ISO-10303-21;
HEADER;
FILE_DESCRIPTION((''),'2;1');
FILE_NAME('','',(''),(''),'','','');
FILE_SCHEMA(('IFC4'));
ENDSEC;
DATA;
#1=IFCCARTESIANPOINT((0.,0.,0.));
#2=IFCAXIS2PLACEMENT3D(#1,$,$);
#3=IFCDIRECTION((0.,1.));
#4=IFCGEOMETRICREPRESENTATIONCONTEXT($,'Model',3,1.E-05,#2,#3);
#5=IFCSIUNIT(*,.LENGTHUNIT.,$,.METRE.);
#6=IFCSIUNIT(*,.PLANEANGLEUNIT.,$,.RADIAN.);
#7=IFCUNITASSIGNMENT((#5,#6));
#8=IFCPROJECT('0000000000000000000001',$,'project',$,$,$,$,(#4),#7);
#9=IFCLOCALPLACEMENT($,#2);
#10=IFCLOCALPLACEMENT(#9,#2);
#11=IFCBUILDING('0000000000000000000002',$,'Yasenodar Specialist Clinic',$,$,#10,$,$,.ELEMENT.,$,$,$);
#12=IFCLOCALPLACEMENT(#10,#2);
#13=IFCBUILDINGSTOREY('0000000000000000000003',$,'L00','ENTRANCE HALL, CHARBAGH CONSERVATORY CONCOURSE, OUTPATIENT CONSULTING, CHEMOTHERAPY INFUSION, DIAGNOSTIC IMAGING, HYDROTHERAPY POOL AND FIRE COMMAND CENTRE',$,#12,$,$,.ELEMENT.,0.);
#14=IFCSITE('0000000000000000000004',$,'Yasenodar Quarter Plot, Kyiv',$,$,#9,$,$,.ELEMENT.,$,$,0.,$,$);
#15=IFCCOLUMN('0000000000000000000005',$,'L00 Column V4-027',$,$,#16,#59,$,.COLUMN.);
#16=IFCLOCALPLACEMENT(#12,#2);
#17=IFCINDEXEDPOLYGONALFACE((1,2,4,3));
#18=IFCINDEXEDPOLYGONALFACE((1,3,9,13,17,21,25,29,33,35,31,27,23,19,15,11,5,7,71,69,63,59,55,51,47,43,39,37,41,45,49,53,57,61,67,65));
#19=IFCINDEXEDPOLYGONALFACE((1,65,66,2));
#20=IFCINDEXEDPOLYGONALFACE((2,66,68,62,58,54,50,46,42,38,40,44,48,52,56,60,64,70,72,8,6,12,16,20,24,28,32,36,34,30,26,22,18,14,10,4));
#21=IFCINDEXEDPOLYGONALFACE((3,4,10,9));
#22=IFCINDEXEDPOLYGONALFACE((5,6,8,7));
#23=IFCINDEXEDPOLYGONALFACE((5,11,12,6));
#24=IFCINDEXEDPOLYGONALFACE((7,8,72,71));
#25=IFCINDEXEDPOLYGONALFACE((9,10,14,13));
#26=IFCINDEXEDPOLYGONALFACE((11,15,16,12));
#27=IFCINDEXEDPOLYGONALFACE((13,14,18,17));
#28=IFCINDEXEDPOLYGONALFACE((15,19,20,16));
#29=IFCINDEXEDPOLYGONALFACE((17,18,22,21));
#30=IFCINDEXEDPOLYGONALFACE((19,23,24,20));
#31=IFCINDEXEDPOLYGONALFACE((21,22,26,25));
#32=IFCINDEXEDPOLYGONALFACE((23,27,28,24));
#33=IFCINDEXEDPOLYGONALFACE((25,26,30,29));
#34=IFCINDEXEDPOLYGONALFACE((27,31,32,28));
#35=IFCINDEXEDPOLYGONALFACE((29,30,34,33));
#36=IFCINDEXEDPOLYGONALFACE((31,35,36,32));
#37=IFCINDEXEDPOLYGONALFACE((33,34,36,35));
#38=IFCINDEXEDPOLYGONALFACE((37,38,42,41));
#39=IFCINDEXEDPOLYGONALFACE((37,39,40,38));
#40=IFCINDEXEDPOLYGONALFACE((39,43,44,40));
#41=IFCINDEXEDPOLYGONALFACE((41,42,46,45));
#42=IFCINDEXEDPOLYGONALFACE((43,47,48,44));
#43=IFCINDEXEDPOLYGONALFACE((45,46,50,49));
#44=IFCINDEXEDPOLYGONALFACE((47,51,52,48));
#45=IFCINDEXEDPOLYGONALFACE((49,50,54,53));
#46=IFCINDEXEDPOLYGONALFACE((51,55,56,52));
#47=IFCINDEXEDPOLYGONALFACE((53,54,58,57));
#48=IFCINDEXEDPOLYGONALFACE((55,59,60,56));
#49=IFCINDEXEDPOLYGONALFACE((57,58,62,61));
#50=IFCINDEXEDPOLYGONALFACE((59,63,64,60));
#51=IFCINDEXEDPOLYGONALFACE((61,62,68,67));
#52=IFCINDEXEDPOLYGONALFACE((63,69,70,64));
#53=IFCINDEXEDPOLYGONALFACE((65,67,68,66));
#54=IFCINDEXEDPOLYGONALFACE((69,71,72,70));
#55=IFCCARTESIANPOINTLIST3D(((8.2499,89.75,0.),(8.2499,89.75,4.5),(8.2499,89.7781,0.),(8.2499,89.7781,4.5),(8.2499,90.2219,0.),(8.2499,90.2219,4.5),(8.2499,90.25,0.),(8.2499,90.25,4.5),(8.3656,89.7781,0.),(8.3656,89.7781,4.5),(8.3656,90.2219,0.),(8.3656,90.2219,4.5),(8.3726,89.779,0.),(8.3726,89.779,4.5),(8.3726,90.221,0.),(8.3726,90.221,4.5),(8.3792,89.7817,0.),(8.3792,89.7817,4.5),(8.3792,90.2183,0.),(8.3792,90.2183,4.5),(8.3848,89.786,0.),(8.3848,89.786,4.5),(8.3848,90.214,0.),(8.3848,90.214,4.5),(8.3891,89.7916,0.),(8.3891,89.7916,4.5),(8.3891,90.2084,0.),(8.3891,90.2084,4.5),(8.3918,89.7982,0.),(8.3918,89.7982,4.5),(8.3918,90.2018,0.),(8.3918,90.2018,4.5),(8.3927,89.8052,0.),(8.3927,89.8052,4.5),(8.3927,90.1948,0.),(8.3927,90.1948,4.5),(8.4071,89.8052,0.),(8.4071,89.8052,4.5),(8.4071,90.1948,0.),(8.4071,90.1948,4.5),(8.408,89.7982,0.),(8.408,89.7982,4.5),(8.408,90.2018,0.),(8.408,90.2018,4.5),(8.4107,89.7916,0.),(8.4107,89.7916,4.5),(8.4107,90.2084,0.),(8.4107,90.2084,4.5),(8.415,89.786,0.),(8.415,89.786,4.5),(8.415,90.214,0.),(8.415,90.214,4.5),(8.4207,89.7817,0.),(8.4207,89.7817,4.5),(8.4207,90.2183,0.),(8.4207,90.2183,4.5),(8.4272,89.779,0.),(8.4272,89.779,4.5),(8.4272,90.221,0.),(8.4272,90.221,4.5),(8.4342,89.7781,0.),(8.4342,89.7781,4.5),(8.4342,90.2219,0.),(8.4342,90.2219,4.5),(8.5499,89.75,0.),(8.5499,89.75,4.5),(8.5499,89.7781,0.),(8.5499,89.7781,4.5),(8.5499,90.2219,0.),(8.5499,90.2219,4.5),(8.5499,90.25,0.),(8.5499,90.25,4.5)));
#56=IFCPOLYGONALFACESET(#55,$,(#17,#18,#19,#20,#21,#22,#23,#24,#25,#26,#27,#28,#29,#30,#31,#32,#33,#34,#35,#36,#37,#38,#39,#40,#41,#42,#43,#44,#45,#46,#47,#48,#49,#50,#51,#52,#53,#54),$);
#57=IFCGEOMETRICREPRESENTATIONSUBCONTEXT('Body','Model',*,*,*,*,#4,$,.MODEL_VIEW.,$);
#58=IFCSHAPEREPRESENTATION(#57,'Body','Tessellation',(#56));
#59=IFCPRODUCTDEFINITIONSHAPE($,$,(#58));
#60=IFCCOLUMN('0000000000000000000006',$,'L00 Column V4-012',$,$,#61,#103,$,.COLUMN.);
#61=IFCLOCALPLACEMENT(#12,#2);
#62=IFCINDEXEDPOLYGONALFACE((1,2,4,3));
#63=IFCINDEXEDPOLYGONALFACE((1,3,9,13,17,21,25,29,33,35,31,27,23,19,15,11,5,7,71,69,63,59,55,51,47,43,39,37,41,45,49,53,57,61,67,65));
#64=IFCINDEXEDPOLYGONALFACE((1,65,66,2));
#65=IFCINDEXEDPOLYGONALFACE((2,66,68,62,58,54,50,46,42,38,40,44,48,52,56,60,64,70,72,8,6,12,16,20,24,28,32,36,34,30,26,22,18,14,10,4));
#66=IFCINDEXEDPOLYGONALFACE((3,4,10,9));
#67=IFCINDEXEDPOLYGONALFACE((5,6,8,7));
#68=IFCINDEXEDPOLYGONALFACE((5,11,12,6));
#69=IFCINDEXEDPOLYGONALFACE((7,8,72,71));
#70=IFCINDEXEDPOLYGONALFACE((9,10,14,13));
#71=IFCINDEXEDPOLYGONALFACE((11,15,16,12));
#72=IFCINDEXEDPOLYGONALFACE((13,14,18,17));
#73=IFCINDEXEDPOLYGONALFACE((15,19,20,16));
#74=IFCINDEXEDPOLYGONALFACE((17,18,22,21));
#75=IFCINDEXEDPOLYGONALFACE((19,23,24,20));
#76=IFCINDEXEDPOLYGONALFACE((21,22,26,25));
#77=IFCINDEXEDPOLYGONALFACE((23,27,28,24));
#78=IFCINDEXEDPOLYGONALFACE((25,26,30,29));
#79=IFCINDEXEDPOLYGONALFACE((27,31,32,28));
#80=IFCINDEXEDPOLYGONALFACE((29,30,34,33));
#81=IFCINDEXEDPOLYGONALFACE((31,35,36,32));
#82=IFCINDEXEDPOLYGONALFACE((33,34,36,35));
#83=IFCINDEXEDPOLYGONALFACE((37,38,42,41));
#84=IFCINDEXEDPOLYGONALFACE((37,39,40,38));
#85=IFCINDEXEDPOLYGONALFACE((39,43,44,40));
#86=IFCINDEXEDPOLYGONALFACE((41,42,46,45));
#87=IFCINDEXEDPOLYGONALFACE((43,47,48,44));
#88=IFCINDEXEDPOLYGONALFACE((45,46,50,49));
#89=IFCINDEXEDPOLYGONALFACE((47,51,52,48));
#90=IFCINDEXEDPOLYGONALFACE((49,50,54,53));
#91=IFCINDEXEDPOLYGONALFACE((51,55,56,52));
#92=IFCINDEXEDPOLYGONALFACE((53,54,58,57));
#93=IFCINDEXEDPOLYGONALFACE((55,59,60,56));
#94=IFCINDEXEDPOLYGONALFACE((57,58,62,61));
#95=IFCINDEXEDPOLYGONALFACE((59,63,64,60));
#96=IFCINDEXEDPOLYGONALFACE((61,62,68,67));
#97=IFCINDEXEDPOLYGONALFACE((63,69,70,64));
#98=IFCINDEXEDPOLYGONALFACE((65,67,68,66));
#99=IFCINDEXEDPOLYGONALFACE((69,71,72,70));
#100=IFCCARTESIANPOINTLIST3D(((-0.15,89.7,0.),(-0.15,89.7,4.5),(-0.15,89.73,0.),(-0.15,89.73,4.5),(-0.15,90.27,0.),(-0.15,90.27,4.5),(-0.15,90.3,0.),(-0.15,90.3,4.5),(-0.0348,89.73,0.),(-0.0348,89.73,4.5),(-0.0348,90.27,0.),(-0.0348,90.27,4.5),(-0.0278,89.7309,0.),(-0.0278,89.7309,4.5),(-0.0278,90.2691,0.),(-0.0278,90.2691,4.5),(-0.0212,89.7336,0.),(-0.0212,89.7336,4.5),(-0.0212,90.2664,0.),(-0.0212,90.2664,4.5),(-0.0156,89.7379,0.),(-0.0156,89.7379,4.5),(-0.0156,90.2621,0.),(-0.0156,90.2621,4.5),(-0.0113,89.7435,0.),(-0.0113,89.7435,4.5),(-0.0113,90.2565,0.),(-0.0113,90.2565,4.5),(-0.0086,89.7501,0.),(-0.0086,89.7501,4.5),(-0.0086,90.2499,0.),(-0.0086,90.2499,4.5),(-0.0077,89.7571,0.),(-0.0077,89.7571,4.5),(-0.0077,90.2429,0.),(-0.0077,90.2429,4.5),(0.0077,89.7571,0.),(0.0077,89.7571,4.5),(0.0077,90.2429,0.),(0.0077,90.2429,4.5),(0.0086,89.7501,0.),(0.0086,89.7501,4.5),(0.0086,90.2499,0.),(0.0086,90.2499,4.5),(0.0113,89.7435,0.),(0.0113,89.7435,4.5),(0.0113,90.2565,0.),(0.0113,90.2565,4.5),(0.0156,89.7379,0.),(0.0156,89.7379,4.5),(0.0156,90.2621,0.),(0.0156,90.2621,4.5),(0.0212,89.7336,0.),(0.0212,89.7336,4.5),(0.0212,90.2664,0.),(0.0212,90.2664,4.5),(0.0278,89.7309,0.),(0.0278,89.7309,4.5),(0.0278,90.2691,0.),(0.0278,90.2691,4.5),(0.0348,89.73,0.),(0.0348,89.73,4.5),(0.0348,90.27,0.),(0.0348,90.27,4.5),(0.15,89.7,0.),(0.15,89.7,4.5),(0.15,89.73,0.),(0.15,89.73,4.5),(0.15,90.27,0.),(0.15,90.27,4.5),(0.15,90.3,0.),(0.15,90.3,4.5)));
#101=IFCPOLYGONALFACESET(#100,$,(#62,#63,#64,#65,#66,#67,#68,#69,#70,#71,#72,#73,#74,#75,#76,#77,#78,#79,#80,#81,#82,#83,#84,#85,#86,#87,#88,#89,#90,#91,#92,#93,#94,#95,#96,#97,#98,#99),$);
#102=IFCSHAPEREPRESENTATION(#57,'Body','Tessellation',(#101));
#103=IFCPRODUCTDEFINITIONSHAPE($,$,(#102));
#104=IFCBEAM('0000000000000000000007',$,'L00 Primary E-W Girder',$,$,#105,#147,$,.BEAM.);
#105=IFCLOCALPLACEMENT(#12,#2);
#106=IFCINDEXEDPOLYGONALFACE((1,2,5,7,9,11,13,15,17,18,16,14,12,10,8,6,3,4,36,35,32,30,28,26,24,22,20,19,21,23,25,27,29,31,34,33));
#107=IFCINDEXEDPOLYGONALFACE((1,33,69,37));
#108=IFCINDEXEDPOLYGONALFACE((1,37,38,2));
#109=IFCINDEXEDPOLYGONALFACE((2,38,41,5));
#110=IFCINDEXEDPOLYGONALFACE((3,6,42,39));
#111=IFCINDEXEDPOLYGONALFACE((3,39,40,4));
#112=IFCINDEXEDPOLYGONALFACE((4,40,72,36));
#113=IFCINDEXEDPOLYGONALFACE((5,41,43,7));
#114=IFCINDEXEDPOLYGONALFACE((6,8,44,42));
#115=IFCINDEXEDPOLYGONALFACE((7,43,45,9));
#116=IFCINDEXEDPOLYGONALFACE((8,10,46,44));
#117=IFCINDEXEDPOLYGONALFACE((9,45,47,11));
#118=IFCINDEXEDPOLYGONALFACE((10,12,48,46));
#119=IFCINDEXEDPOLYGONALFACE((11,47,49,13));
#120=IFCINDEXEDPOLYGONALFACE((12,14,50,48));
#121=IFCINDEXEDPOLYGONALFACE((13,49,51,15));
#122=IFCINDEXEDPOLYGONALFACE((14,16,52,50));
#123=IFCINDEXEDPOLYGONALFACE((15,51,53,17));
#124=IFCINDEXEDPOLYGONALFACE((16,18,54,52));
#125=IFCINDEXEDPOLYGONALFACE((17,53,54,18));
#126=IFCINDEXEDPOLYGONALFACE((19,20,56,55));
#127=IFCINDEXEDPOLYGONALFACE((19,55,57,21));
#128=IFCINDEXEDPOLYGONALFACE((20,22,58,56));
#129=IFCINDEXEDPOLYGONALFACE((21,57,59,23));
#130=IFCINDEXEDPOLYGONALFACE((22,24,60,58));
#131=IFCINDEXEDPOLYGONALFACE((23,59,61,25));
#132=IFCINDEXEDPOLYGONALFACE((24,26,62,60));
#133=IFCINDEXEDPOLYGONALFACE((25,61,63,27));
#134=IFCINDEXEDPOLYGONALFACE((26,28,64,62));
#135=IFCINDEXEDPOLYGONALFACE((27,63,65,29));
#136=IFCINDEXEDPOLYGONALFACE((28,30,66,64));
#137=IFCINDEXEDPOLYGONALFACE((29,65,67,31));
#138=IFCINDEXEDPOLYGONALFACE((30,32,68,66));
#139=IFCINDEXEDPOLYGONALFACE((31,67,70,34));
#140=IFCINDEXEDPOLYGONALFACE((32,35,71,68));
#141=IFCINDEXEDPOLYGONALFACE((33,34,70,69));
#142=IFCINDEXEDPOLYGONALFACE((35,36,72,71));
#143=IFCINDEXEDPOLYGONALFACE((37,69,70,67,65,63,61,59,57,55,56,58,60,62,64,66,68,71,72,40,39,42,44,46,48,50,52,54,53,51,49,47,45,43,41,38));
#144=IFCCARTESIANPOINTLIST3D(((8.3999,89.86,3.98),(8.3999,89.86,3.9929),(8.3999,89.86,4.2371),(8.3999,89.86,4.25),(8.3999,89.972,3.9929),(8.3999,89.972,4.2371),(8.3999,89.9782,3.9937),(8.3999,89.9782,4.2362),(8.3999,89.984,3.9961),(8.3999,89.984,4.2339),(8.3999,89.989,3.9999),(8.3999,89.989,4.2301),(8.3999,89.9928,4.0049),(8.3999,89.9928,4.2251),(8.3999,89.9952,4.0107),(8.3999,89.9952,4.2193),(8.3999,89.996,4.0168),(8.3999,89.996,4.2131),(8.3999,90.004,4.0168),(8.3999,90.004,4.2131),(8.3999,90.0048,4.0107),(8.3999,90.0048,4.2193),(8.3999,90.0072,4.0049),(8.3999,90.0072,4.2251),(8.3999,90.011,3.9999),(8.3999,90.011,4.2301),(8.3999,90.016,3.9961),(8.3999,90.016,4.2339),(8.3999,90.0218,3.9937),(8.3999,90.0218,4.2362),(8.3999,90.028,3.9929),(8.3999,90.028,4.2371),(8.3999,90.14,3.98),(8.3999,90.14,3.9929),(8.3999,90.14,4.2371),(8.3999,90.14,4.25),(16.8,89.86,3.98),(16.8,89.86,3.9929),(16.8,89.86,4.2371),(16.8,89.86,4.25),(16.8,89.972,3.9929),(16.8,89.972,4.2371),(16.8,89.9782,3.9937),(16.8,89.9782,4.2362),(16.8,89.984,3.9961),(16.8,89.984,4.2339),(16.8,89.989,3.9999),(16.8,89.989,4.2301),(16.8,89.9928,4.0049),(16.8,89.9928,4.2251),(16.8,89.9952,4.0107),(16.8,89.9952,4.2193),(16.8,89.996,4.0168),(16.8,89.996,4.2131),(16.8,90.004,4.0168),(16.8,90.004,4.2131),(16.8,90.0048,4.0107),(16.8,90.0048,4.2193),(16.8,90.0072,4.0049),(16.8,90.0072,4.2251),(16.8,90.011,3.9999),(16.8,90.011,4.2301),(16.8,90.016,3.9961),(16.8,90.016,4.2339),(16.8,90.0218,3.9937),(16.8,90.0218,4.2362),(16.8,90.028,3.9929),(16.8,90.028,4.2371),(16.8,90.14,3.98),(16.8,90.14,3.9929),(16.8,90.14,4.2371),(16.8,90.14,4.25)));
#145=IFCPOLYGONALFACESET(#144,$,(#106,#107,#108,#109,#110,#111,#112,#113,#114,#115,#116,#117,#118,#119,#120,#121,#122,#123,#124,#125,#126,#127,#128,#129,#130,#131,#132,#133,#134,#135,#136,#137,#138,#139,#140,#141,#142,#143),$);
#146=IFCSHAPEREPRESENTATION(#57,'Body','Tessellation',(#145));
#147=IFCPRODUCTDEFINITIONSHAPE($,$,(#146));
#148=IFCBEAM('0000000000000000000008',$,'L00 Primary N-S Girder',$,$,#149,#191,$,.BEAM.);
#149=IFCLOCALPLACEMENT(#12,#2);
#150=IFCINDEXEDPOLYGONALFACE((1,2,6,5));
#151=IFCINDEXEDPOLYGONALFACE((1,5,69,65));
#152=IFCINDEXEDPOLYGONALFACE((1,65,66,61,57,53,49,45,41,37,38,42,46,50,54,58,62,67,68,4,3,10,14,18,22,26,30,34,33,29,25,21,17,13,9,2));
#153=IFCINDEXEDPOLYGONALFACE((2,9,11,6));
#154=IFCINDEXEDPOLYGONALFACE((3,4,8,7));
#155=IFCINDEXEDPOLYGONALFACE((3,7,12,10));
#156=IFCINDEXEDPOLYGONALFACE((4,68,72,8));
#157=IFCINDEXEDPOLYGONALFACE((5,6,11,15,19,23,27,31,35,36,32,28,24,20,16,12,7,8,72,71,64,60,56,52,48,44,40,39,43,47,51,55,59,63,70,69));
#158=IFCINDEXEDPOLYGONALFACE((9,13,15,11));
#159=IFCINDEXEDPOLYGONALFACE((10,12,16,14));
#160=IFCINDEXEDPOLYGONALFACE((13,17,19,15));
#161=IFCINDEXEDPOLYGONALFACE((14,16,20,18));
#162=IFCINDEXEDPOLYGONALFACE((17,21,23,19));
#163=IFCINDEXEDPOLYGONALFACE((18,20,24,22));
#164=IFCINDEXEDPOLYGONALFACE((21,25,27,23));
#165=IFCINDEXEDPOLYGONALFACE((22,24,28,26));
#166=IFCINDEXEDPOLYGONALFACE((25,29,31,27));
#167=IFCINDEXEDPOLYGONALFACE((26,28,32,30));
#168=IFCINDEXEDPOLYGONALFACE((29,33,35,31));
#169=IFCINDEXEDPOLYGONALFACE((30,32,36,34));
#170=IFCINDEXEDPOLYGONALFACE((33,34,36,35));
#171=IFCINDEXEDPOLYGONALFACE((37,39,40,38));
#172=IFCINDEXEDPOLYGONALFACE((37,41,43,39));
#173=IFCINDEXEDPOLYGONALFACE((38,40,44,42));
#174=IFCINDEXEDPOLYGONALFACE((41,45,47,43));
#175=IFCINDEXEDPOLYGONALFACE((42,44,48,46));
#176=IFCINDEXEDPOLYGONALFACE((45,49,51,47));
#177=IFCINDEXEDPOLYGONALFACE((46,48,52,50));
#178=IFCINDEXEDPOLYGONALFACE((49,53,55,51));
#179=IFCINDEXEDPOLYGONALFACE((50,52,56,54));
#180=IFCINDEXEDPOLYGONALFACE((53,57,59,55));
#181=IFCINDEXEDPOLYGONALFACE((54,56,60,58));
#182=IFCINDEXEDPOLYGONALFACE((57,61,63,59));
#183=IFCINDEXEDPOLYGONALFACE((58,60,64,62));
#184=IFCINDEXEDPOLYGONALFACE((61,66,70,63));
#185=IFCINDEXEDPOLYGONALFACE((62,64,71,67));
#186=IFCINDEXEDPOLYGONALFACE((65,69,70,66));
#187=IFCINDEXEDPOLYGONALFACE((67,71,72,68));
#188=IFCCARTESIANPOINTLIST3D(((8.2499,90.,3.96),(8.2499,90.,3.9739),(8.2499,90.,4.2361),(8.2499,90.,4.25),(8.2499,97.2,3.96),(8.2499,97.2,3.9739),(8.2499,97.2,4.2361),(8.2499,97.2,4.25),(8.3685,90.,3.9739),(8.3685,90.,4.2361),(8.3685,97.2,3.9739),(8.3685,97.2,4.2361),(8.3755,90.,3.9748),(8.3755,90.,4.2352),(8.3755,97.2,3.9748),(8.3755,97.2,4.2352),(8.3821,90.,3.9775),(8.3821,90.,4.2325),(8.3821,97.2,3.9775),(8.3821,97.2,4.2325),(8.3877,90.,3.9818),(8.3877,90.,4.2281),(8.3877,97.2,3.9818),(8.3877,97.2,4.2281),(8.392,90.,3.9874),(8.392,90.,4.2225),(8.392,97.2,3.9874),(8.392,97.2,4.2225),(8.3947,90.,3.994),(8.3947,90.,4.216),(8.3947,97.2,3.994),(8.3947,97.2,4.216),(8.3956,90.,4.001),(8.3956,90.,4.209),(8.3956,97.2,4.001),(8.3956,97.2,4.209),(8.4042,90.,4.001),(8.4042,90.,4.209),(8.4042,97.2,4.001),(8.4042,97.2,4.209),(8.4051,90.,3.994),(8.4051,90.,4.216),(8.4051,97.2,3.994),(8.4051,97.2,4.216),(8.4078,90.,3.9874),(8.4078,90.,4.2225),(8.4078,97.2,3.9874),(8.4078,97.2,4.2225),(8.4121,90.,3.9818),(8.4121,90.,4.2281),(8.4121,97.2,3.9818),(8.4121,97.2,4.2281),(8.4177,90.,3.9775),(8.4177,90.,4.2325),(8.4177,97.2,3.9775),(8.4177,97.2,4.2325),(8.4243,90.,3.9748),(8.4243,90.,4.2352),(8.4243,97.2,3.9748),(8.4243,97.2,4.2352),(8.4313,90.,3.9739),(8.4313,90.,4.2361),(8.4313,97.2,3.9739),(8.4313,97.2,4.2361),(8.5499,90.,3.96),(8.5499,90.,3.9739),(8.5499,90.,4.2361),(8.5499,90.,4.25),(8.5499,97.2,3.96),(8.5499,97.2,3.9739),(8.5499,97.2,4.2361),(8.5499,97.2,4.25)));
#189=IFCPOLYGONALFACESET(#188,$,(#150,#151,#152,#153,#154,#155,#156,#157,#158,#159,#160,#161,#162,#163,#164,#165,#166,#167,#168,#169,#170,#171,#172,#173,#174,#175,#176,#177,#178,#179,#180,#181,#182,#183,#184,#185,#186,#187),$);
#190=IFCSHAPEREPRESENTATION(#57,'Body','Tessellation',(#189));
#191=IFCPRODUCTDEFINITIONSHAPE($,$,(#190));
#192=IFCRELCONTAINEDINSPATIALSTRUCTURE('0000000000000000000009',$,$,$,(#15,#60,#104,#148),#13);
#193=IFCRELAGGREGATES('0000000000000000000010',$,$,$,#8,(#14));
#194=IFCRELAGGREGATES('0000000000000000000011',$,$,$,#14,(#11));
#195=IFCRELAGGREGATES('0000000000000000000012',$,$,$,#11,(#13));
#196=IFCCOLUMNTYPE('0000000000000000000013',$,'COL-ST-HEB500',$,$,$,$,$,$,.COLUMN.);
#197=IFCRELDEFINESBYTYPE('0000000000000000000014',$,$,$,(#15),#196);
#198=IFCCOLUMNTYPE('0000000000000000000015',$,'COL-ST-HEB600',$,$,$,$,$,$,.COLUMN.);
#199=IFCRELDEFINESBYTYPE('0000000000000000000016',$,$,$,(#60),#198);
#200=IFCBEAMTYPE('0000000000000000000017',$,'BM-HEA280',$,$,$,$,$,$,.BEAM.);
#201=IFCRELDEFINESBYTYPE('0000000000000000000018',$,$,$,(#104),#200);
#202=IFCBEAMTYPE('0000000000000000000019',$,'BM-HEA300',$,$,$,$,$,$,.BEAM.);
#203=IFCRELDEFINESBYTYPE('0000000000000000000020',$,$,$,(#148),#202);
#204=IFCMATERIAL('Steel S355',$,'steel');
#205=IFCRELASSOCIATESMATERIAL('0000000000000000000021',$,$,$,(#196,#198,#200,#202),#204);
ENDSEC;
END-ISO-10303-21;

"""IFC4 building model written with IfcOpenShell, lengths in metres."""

from ifc_helpers import new_model, si_unit, direction, frame, origin, origin_2d, place, context, subcontext, project, spatial, i_section, extrude, material, material_profile, profile_set, type_object, element, save


model = new_model("IFC4")

# Units and contexts
model_context = context("Model", 3, precision=1e-05, world=origin(), true_north=direction((0.0, 1.0)))
body_context = subcontext(model_context, "Body", "Model", "MODEL_VIEW")
ifc_project = project(units=[si_unit("LENGTHUNIT", "METRE"), si_unit("PLANEANGLEUNIT", "RADIAN")], contexts=[model_context])

# Site, building, storey
site_placement = place(None, origin())
site = spatial("IfcSite", under=ifc_project, at=site_placement, Name="Yasenodar Quarter Plot, Kyiv", CompositionType="ELEMENT", RefElevation=0.0)
building_placement = place(site_placement, origin())
building = spatial("IfcBuilding", under=site, at=building_placement, Name="Yasenodar Specialist Clinic", CompositionType="ELEMENT")
storey_placement = place(building_placement, origin())
storey = spatial("IfcBuildingStorey", under=building, at=storey_placement, Name="L00", Description="ENTRANCE HALL, CHARBAGH CONSERVATORY CONCOURSE, OUTPATIENT CONSULTING, CHEMOTHERAPY INFUSION, DIAGNOSTIC IMAGING, HYDROTHERAPY POOL AND FIRE COMMAND CENTRE", CompositionType="ELEMENT", Elevation=0.0)

# Columns
ifc_material_1 = material(Name="Steel S355", Category="steel")
ifc_material_profile_1 = material_profile(ifc_material_1, i_section(OverallWidth=0.3, OverallDepth=0.5, WebThickness=0.0144, FlangeThickness=0.0281, FilletRadius=0.0271, at=origin_2d()), Name="HEB 500")
ifc_profile_set_1 = profile_set([ifc_material_profile_1], Name="Steel S355")
column_type_1 = type_object("IfcColumnType", Name="COL-ST-HEB500", PredefinedType="COLUMN", material=ifc_profile_set_1)
column_1_placement = place(storey_placement, frame((8.3999, 90.0, 0.0), z_axis=(0.0, 0.0, 1.0), x_axis=(1.0, 0.0, 0.0)))
element("IfcColumn", 1, at=column_1_placement, inside=storey, type_object=column_type_1, Name="L00 Column V4-027", PredefinedType="COLUMN", context=body_context, shape_type="SweptSolid", body=[
    extrude(i_section(OverallWidth=0.3, OverallDepth=0.5, WebThickness=0.0144, FlangeThickness=0.0281, FilletRadius=0.0271, at=origin_2d()), origin(), (0.0, 0.0, 1.0), 4.5),
])
ifc_material_profile_2 = material_profile(ifc_material_1, i_section(OverallWidth=0.3, OverallDepth=0.6001, WebThickness=0.0154, FlangeThickness=0.03, FilletRadius=0.0271, at=origin_2d()), Name="HEB 600")
ifc_profile_set_2 = profile_set([ifc_material_profile_2], Name="Steel S355")
column_type_2 = type_object("IfcColumnType", Name="COL-ST-HEB600", PredefinedType="COLUMN", material=ifc_profile_set_2)
column_2_placement = place(storey_placement, frame((0.0, 90.0, 0.0), z_axis=(0.0, 0.0, 1.0), x_axis=(1.0, 0.0, 0.0)))
element("IfcColumn", 2, at=column_2_placement, inside=storey, type_object=column_type_2, Name="L00 Column V4-012", PredefinedType="COLUMN", context=body_context, shape_type="SweptSolid", body=[
    extrude(i_section(OverallWidth=0.3, OverallDepth=0.6001, WebThickness=0.0154, FlangeThickness=0.03, FilletRadius=0.0271, at=origin_2d()), origin(), (0.0, 0.0, 1.0), 4.5),
])

# Beams
ifc_material_profile_3 = material_profile(ifc_material_1, i_section(OverallWidth=0.28, OverallDepth=0.27, WebThickness=0.0081, FlangeThickness=0.0129, FilletRadius=0.0239, at=origin_2d()), Name="HEA 280")
ifc_profile_set_3 = profile_set([ifc_material_profile_3], Name="Steel S355")
beam_type_1 = type_object("IfcBeamType", Name="BM-HEA280", PredefinedType="BEAM", material=ifc_profile_set_3)
beam_1_placement = place(storey_placement, frame((8.3999, 90.0, 4.115), z_axis=(1.0, 0.0, 0.0), x_axis=(0.0, 1.0, 0.0)))
element("IfcBeam", 3, at=beam_1_placement, inside=storey, type_object=beam_type_1, Name="L00 Primary E-W Girder", PredefinedType="BEAM", context=body_context, shape_type="SweptSolid", body=[
    extrude(i_section(OverallWidth=0.28, OverallDepth=0.27, WebThickness=0.0081, FlangeThickness=0.0129, FilletRadius=0.0239, at=origin_2d()), origin(), (0.0, 0.0, 1.0), 8.4001),
])
ifc_material_profile_4 = material_profile(ifc_material_1, i_section(OverallWidth=0.3, OverallDepth=0.29, WebThickness=0.0085, FlangeThickness=0.0139, FilletRadius=0.0271, at=origin_2d()), Name="HEA 300")
ifc_profile_set_4 = profile_set([ifc_material_profile_4], Name="Steel S355")
beam_type_2 = type_object("IfcBeamType", Name="BM-HEA300", PredefinedType="BEAM", material=ifc_profile_set_4)
beam_2_placement = place(storey_placement, frame((8.3999, 90.0, 4.105), z_axis=(0.0, 1.0, 0.0), x_axis=(-1.0, 0.0, 0.0)))
element("IfcBeam", 4, at=beam_2_placement, inside=storey, type_object=beam_type_2, Name="L00 Primary N-S Girder", PredefinedType="BEAM", context=body_context, shape_type="SweptSolid", body=[
    extrude(i_section(OverallWidth=0.3, OverallDepth=0.29, WebThickness=0.0085, FlangeThickness=0.0139, FilletRadius=0.0271, at=origin_2d()), origin(), (0.0, 0.0, 1.0), 7.2),
])

save(model, "model.ifc")
